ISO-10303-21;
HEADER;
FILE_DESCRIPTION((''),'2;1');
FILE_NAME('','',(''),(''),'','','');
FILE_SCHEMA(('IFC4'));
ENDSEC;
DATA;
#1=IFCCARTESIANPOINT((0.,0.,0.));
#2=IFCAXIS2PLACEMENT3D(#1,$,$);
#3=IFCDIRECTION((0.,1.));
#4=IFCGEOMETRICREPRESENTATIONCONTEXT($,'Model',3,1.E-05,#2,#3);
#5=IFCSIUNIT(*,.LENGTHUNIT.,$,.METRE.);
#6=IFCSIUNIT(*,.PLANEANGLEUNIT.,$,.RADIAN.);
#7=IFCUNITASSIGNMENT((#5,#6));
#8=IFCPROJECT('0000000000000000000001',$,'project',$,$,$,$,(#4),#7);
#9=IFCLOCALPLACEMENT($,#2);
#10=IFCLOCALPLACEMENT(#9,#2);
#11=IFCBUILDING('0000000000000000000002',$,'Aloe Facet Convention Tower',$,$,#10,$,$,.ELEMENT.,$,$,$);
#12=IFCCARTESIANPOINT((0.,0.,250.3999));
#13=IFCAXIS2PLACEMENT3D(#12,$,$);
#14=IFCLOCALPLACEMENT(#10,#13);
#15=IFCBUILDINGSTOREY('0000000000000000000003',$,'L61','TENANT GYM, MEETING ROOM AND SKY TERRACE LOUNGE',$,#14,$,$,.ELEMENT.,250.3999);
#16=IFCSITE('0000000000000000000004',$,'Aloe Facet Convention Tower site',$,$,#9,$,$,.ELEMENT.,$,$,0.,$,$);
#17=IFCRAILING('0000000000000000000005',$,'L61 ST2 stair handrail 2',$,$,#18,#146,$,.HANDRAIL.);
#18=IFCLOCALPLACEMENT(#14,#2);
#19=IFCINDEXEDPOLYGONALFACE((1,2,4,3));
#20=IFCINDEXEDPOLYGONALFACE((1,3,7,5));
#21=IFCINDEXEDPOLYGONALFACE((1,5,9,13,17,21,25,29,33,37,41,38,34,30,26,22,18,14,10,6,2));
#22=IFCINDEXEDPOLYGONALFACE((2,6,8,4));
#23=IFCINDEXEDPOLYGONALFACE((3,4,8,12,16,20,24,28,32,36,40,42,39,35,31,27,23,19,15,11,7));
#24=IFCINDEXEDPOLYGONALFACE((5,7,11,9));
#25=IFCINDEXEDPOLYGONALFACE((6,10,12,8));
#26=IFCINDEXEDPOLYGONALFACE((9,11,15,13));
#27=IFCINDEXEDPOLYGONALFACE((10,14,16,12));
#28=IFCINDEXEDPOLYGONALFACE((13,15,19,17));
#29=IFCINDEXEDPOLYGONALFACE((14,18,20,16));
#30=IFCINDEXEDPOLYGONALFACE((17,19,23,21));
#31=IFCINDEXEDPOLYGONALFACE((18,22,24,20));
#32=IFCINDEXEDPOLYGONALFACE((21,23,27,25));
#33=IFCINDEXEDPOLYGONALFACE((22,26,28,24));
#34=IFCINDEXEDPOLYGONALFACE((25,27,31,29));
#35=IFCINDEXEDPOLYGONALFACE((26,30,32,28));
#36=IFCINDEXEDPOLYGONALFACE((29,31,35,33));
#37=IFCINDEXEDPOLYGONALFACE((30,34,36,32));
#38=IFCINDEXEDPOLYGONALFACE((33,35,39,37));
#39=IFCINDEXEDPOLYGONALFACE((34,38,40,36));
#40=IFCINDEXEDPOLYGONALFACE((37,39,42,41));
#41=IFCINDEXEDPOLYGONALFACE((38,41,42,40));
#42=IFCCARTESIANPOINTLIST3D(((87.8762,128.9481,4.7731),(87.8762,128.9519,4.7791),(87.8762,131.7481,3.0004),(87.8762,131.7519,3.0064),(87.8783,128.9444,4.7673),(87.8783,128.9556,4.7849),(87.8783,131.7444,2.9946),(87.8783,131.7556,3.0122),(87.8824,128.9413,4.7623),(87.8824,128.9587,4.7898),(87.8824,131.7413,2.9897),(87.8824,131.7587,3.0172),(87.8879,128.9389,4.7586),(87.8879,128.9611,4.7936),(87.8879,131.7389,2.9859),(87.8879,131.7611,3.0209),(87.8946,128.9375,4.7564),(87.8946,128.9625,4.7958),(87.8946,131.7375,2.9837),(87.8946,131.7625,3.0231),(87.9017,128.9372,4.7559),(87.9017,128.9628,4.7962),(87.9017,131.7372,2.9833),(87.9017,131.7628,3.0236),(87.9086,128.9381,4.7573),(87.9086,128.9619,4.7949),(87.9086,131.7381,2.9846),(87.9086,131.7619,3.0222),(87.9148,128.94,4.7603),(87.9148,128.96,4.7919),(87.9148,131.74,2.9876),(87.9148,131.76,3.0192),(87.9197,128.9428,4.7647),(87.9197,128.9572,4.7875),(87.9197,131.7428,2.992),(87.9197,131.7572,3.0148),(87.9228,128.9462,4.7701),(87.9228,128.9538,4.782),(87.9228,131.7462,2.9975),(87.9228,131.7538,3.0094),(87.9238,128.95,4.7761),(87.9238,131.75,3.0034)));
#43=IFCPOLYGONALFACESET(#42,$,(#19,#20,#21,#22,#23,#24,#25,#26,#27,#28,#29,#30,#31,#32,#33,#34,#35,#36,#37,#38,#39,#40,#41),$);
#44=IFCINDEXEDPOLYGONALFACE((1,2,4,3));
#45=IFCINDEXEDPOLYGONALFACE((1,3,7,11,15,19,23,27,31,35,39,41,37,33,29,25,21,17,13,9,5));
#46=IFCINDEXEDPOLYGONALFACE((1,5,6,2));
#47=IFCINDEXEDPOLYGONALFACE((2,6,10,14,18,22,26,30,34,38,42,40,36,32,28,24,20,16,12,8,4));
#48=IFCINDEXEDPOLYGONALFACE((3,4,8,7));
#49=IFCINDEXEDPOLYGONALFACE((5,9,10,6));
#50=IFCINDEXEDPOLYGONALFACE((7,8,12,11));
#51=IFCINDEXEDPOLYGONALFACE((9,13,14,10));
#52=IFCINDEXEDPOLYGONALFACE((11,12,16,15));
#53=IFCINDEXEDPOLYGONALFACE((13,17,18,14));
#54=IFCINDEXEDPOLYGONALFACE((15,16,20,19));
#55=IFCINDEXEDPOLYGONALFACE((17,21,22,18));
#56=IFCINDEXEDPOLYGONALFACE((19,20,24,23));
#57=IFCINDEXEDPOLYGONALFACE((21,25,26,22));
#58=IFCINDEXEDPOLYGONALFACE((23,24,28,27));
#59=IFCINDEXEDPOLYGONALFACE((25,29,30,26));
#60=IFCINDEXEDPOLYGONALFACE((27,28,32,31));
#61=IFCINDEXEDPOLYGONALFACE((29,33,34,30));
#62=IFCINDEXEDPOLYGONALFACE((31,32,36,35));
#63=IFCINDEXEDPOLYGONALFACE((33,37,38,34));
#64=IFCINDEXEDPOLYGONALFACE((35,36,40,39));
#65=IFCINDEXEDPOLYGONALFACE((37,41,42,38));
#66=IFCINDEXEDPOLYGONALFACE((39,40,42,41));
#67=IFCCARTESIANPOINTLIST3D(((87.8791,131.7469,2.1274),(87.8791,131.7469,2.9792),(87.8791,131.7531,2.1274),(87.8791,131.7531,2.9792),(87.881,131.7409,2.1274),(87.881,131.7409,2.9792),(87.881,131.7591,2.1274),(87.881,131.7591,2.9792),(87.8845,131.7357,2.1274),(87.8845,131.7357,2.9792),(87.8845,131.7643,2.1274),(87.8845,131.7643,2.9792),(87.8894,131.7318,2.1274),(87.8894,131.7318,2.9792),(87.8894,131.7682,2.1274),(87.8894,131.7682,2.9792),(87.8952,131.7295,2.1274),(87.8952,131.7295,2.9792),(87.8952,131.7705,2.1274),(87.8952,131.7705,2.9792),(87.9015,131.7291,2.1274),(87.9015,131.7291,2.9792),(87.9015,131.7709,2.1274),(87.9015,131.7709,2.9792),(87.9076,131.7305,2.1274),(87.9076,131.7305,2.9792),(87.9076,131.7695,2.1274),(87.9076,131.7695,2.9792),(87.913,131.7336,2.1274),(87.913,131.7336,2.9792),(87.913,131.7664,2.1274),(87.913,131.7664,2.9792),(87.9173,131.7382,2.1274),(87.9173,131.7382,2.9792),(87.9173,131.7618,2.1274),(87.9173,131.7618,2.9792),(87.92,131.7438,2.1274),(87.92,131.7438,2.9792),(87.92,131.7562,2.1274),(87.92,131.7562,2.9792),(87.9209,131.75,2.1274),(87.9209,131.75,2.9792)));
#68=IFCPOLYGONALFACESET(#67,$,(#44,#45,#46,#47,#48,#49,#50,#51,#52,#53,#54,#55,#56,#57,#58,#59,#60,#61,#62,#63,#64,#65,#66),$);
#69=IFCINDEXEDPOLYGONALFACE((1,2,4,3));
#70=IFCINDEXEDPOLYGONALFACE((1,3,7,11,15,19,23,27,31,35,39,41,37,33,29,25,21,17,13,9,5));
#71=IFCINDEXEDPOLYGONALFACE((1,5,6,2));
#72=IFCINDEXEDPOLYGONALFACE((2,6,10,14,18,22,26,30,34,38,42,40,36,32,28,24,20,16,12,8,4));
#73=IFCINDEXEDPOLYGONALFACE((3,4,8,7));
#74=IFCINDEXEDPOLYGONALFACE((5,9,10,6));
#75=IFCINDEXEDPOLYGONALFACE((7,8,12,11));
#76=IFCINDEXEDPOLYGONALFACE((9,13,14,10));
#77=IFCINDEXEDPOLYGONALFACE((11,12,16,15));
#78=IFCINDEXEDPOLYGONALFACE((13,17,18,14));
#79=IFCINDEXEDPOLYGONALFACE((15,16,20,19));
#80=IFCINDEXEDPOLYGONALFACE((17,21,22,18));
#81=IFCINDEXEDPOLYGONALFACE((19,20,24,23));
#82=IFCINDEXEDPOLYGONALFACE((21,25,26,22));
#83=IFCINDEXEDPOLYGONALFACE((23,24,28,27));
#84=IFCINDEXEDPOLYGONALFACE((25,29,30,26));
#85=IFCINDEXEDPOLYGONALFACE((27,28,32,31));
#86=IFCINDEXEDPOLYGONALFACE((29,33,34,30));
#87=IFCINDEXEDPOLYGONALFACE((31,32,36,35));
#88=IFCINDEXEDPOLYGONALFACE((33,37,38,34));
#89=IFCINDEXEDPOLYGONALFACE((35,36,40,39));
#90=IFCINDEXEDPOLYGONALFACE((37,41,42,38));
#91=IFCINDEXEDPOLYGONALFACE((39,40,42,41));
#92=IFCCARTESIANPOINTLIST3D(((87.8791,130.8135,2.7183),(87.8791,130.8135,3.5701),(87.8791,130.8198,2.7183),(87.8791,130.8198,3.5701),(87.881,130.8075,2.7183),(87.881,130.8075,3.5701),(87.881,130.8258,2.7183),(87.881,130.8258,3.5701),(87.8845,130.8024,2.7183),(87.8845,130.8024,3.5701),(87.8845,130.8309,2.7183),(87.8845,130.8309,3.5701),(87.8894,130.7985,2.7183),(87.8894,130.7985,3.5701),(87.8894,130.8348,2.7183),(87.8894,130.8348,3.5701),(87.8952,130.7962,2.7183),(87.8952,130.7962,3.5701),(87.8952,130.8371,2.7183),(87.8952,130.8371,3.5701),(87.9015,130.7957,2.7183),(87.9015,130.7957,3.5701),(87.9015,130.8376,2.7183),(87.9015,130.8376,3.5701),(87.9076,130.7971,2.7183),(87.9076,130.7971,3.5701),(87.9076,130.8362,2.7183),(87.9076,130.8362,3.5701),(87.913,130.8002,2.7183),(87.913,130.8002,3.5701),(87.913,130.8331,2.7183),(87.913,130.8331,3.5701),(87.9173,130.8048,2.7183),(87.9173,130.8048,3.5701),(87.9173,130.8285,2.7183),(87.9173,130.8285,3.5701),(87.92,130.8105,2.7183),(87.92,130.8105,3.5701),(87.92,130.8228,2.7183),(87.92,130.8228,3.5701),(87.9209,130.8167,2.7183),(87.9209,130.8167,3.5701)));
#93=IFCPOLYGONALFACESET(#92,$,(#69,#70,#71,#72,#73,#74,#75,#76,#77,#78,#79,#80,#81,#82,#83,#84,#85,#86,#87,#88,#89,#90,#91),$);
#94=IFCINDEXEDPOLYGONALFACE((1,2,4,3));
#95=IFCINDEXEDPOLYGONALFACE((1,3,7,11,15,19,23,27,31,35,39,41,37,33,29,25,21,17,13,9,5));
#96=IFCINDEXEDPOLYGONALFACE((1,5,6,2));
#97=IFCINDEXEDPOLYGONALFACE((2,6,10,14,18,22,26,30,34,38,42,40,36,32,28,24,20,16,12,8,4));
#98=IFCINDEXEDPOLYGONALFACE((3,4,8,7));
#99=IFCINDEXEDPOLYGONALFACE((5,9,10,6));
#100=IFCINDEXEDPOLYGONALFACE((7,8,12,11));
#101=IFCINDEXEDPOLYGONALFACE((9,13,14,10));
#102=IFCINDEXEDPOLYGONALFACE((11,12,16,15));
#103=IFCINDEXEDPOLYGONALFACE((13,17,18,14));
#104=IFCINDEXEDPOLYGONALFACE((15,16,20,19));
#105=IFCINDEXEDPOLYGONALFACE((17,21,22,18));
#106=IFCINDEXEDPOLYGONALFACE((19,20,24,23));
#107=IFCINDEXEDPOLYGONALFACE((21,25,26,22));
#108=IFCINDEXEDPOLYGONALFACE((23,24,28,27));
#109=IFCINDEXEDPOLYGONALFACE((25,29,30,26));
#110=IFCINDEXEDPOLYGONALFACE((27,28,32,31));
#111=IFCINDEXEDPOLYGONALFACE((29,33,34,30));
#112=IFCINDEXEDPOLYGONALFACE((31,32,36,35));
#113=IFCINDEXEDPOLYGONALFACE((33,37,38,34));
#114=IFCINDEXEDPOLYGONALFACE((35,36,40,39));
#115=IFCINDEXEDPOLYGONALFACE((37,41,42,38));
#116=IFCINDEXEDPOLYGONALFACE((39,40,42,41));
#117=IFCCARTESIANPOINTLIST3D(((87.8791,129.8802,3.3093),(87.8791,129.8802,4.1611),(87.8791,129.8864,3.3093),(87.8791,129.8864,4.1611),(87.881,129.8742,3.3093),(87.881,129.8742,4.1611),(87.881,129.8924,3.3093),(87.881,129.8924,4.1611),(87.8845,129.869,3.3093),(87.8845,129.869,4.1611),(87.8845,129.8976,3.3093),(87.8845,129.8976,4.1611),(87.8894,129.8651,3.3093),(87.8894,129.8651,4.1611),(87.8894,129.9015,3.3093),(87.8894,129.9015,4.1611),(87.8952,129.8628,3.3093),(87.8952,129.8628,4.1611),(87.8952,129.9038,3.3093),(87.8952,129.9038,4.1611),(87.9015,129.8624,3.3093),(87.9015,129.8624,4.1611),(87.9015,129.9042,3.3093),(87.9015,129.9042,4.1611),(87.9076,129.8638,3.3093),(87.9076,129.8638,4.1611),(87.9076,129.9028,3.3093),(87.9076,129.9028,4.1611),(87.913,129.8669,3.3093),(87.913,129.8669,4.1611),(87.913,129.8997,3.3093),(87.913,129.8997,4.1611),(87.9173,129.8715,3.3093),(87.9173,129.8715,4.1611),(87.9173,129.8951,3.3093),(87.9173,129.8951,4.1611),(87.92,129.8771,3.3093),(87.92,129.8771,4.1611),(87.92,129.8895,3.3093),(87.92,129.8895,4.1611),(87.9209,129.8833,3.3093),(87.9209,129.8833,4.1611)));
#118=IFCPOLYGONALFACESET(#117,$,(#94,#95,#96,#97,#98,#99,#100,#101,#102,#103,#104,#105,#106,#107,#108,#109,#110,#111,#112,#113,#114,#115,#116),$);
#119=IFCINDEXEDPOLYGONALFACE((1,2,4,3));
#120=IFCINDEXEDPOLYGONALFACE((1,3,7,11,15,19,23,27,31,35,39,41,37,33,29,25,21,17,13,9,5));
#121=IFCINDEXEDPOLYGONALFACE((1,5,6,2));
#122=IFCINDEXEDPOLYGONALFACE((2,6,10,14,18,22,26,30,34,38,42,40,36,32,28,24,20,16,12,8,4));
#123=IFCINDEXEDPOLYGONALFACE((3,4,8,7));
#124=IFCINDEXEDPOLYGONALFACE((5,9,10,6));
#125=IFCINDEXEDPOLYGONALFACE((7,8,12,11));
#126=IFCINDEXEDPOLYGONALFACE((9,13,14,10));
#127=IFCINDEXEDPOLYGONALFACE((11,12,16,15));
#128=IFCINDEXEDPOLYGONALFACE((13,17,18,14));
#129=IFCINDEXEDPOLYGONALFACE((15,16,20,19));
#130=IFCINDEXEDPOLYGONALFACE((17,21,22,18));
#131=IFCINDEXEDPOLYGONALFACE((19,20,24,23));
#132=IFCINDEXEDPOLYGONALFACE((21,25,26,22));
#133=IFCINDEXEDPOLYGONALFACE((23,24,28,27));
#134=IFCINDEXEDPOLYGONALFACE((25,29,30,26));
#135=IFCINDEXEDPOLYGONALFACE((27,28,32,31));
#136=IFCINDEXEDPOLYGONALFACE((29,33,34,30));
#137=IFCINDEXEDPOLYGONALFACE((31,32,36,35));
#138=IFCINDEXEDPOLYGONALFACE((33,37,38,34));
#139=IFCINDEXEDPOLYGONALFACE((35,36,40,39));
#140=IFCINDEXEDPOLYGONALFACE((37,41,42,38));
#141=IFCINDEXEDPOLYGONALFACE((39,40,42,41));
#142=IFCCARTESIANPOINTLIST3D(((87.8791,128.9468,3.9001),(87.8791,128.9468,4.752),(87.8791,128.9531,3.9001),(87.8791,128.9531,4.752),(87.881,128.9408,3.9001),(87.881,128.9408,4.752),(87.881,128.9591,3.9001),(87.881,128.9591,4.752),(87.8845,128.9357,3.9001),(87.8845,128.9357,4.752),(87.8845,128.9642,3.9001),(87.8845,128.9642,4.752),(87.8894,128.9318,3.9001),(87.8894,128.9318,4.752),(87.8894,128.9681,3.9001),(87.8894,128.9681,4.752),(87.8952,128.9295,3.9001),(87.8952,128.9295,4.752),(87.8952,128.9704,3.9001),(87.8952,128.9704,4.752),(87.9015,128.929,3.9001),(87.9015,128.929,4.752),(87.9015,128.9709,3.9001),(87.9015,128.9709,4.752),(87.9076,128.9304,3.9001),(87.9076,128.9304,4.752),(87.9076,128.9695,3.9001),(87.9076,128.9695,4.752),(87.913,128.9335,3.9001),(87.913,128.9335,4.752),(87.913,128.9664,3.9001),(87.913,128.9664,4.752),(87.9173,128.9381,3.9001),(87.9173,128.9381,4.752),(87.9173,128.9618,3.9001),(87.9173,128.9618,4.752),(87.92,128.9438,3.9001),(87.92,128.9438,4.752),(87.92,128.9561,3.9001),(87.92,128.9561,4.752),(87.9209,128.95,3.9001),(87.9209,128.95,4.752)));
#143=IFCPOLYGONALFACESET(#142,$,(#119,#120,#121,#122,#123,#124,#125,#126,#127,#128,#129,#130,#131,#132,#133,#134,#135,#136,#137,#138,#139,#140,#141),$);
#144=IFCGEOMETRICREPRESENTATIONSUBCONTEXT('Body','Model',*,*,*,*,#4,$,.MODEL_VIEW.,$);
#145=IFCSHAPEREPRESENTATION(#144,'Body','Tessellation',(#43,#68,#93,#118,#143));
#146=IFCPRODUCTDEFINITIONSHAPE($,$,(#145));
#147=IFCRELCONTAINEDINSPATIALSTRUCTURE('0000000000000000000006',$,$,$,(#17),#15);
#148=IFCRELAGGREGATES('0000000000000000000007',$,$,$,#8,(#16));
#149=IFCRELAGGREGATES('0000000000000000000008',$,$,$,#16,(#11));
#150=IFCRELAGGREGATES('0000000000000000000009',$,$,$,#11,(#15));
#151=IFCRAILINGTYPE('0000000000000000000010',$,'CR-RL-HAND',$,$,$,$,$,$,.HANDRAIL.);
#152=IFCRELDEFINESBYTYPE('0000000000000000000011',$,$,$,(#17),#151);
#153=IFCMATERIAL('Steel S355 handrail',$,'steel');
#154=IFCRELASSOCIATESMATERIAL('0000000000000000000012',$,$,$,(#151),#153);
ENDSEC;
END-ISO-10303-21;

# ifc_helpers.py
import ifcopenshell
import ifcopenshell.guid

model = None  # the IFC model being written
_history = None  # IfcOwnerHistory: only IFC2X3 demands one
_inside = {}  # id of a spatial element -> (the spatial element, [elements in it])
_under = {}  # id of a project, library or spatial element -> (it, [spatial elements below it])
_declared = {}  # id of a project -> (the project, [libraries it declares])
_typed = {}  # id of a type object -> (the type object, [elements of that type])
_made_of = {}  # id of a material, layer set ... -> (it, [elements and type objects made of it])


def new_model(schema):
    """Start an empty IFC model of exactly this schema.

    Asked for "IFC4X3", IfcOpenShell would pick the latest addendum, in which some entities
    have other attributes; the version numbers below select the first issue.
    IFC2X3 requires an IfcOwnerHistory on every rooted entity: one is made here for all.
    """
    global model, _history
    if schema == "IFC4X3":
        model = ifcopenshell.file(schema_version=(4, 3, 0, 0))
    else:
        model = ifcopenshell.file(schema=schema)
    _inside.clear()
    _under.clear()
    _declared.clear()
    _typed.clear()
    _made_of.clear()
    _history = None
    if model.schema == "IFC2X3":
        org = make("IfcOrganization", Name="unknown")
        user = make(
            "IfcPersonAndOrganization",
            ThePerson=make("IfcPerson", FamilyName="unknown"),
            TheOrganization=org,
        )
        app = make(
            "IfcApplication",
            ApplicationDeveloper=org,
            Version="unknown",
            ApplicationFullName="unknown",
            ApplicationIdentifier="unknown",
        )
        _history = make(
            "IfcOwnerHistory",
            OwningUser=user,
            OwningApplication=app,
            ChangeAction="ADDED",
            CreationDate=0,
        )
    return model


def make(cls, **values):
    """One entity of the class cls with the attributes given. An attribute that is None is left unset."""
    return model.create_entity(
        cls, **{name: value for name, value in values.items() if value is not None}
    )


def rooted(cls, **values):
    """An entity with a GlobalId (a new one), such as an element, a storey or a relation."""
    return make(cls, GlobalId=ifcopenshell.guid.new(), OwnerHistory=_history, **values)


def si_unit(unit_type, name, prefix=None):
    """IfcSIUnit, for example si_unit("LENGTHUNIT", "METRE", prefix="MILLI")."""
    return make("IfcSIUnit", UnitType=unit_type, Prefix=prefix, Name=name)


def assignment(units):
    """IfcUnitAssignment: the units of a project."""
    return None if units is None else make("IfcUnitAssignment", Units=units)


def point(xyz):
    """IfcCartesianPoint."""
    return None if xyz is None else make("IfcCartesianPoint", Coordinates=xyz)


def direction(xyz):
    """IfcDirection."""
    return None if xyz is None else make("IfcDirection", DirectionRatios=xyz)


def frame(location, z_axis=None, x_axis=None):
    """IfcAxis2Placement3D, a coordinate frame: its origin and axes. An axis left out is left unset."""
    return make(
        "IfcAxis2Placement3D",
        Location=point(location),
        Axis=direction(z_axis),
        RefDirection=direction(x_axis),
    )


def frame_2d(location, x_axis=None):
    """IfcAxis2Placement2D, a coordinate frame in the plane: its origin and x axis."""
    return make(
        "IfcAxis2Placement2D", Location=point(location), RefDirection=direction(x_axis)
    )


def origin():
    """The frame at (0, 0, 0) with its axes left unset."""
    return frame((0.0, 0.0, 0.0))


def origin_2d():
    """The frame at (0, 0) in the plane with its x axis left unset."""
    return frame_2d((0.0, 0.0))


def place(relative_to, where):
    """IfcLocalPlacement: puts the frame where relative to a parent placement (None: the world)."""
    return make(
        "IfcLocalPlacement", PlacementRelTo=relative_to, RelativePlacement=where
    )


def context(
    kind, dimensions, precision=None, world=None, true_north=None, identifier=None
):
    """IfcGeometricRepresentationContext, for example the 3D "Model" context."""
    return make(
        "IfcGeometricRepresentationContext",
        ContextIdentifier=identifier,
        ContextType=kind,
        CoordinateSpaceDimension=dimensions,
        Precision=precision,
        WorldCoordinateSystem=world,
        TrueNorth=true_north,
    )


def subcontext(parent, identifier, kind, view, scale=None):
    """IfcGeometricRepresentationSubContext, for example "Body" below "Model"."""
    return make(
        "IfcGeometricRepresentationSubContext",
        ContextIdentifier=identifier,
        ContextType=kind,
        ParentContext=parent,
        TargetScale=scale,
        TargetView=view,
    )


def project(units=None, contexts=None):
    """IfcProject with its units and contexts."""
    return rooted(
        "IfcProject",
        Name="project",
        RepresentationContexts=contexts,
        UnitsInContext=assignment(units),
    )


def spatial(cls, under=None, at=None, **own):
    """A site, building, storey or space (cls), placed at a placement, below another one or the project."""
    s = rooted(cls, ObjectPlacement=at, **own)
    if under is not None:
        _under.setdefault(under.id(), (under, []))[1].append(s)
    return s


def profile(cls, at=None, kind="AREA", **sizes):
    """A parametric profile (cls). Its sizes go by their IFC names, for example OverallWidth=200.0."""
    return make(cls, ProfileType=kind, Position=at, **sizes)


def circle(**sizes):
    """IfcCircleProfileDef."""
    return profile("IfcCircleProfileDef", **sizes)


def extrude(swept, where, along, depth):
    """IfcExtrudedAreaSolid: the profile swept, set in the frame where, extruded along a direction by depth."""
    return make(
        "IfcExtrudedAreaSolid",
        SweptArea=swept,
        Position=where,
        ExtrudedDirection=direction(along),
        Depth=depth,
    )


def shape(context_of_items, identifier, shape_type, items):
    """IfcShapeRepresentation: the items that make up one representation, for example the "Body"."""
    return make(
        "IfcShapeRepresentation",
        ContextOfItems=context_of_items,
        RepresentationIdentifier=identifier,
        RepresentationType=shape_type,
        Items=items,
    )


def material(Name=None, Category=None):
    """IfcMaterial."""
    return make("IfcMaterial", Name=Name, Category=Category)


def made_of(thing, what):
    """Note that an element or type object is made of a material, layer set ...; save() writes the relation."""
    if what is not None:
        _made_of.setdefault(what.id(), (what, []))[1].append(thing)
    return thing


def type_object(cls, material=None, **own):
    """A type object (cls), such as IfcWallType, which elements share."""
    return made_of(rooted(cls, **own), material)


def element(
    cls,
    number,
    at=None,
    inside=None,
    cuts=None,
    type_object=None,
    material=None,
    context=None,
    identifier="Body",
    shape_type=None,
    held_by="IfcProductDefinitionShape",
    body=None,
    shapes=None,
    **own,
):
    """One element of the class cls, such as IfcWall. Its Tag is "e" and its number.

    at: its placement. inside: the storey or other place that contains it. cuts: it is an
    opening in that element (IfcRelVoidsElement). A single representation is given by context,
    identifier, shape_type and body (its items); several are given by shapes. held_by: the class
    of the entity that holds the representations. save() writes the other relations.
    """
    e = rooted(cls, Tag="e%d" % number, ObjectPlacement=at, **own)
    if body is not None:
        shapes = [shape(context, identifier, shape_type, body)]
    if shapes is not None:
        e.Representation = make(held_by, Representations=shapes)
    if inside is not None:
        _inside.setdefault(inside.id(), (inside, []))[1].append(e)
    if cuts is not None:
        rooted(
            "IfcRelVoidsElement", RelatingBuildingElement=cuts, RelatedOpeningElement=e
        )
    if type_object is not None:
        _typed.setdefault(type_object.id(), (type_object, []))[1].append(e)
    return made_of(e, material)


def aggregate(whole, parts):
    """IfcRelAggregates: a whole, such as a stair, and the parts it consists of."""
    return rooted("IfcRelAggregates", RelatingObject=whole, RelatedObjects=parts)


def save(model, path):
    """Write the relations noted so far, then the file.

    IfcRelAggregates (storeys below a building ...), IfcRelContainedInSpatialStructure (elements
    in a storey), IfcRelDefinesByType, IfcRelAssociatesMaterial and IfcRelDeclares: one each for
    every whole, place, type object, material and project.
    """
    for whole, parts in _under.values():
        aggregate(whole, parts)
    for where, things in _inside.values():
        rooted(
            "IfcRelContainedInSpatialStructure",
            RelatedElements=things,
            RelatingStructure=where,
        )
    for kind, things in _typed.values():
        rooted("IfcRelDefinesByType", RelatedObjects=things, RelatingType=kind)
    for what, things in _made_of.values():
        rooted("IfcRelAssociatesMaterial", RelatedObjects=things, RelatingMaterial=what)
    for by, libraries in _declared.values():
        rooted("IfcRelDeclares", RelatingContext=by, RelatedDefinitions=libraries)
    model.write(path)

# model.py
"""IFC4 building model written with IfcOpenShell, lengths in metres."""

from ifc_helpers import new_model, si_unit, direction, frame, origin, origin_2d, place, context, subcontext, project, spatial, circle, extrude, material, type_object, element, save


model = new_model("IFC4")

# Units and contexts
model_context = context("Model", 3, precision=1e-05, world=origin(), true_north=direction((0.0, 1.0)))
body_context = subcontext(model_context, "Body", "Model", "MODEL_VIEW")
ifc_project = project(units=[si_unit("LENGTHUNIT", "METRE"), si_unit("PLANEANGLEUNIT", "RADIAN")], contexts=[model_context])

# Site, building, storey
site_placement = place(None, origin())
site = spatial("IfcSite", under=ifc_project, at=site_placement, Name="Aloe Facet Convention Tower site", CompositionType="ELEMENT", RefElevation=0.0)
building_placement = place(site_placement, origin())
building = spatial("IfcBuilding", under=site, at=building_placement, Name="Aloe Facet Convention Tower", CompositionType="ELEMENT")
storey_placement = place(building_placement, frame((0.0, 0.0, 250.3999)))
storey = spatial("IfcBuildingStorey", under=building, at=storey_placement, Name="L61", Description="TENANT GYM, MEETING ROOM AND SKY TERRACE LOUNGE", CompositionType="ELEMENT", Elevation=250.3999)

# Railing
ifc_material_1 = material(Name="Steel S355 handrail", Category="steel")
railing_type_1 = type_object("IfcRailingType", Name="CR-RL-HAND", PredefinedType="HANDRAIL", material=ifc_material_1)
railing_1_placement = place(storey_placement, frame((87.8999, 131.75, 2.1274)))
element("IfcRailing", 1, at=railing_1_placement, inside=storey, type_object=railing_type_1, Name="L61 ST2 stair handrail 2", PredefinedType="HANDRAIL", context=body_context, shape_type="SweptSolid", body=[
    extrude(circle(Radius=0.0239, at=origin_2d()), frame((0.0, 0.0, 0.876), z_axis=(0.0, -0.844909, 0.53491), x_axis=(1.0, 0.0, 0.0)), (0.0, 0.0, 1.0), 3.314),
    extrude(circle(Radius=0.021, at=origin_2d()), origin(), (0.0, 0.0, 1.0), 0.8518),
    extrude(circle(Radius=0.021, at=origin_2d()), frame((0.0, -0.9333, 0.5908)), (0.0, 0.0, 1.0), 0.8518),
    extrude(circle(Radius=0.021, at=origin_2d()), frame((0.0, -1.8667, 1.1819)), (0.0, 0.0, 1.0), 0.8518),
    extrude(circle(Radius=0.021, at=origin_2d()), frame((0.0, -2.8, 1.7727)), (0.0, 0.0, 1.0), 0.8518),
])

save(model, "model.ifc")
